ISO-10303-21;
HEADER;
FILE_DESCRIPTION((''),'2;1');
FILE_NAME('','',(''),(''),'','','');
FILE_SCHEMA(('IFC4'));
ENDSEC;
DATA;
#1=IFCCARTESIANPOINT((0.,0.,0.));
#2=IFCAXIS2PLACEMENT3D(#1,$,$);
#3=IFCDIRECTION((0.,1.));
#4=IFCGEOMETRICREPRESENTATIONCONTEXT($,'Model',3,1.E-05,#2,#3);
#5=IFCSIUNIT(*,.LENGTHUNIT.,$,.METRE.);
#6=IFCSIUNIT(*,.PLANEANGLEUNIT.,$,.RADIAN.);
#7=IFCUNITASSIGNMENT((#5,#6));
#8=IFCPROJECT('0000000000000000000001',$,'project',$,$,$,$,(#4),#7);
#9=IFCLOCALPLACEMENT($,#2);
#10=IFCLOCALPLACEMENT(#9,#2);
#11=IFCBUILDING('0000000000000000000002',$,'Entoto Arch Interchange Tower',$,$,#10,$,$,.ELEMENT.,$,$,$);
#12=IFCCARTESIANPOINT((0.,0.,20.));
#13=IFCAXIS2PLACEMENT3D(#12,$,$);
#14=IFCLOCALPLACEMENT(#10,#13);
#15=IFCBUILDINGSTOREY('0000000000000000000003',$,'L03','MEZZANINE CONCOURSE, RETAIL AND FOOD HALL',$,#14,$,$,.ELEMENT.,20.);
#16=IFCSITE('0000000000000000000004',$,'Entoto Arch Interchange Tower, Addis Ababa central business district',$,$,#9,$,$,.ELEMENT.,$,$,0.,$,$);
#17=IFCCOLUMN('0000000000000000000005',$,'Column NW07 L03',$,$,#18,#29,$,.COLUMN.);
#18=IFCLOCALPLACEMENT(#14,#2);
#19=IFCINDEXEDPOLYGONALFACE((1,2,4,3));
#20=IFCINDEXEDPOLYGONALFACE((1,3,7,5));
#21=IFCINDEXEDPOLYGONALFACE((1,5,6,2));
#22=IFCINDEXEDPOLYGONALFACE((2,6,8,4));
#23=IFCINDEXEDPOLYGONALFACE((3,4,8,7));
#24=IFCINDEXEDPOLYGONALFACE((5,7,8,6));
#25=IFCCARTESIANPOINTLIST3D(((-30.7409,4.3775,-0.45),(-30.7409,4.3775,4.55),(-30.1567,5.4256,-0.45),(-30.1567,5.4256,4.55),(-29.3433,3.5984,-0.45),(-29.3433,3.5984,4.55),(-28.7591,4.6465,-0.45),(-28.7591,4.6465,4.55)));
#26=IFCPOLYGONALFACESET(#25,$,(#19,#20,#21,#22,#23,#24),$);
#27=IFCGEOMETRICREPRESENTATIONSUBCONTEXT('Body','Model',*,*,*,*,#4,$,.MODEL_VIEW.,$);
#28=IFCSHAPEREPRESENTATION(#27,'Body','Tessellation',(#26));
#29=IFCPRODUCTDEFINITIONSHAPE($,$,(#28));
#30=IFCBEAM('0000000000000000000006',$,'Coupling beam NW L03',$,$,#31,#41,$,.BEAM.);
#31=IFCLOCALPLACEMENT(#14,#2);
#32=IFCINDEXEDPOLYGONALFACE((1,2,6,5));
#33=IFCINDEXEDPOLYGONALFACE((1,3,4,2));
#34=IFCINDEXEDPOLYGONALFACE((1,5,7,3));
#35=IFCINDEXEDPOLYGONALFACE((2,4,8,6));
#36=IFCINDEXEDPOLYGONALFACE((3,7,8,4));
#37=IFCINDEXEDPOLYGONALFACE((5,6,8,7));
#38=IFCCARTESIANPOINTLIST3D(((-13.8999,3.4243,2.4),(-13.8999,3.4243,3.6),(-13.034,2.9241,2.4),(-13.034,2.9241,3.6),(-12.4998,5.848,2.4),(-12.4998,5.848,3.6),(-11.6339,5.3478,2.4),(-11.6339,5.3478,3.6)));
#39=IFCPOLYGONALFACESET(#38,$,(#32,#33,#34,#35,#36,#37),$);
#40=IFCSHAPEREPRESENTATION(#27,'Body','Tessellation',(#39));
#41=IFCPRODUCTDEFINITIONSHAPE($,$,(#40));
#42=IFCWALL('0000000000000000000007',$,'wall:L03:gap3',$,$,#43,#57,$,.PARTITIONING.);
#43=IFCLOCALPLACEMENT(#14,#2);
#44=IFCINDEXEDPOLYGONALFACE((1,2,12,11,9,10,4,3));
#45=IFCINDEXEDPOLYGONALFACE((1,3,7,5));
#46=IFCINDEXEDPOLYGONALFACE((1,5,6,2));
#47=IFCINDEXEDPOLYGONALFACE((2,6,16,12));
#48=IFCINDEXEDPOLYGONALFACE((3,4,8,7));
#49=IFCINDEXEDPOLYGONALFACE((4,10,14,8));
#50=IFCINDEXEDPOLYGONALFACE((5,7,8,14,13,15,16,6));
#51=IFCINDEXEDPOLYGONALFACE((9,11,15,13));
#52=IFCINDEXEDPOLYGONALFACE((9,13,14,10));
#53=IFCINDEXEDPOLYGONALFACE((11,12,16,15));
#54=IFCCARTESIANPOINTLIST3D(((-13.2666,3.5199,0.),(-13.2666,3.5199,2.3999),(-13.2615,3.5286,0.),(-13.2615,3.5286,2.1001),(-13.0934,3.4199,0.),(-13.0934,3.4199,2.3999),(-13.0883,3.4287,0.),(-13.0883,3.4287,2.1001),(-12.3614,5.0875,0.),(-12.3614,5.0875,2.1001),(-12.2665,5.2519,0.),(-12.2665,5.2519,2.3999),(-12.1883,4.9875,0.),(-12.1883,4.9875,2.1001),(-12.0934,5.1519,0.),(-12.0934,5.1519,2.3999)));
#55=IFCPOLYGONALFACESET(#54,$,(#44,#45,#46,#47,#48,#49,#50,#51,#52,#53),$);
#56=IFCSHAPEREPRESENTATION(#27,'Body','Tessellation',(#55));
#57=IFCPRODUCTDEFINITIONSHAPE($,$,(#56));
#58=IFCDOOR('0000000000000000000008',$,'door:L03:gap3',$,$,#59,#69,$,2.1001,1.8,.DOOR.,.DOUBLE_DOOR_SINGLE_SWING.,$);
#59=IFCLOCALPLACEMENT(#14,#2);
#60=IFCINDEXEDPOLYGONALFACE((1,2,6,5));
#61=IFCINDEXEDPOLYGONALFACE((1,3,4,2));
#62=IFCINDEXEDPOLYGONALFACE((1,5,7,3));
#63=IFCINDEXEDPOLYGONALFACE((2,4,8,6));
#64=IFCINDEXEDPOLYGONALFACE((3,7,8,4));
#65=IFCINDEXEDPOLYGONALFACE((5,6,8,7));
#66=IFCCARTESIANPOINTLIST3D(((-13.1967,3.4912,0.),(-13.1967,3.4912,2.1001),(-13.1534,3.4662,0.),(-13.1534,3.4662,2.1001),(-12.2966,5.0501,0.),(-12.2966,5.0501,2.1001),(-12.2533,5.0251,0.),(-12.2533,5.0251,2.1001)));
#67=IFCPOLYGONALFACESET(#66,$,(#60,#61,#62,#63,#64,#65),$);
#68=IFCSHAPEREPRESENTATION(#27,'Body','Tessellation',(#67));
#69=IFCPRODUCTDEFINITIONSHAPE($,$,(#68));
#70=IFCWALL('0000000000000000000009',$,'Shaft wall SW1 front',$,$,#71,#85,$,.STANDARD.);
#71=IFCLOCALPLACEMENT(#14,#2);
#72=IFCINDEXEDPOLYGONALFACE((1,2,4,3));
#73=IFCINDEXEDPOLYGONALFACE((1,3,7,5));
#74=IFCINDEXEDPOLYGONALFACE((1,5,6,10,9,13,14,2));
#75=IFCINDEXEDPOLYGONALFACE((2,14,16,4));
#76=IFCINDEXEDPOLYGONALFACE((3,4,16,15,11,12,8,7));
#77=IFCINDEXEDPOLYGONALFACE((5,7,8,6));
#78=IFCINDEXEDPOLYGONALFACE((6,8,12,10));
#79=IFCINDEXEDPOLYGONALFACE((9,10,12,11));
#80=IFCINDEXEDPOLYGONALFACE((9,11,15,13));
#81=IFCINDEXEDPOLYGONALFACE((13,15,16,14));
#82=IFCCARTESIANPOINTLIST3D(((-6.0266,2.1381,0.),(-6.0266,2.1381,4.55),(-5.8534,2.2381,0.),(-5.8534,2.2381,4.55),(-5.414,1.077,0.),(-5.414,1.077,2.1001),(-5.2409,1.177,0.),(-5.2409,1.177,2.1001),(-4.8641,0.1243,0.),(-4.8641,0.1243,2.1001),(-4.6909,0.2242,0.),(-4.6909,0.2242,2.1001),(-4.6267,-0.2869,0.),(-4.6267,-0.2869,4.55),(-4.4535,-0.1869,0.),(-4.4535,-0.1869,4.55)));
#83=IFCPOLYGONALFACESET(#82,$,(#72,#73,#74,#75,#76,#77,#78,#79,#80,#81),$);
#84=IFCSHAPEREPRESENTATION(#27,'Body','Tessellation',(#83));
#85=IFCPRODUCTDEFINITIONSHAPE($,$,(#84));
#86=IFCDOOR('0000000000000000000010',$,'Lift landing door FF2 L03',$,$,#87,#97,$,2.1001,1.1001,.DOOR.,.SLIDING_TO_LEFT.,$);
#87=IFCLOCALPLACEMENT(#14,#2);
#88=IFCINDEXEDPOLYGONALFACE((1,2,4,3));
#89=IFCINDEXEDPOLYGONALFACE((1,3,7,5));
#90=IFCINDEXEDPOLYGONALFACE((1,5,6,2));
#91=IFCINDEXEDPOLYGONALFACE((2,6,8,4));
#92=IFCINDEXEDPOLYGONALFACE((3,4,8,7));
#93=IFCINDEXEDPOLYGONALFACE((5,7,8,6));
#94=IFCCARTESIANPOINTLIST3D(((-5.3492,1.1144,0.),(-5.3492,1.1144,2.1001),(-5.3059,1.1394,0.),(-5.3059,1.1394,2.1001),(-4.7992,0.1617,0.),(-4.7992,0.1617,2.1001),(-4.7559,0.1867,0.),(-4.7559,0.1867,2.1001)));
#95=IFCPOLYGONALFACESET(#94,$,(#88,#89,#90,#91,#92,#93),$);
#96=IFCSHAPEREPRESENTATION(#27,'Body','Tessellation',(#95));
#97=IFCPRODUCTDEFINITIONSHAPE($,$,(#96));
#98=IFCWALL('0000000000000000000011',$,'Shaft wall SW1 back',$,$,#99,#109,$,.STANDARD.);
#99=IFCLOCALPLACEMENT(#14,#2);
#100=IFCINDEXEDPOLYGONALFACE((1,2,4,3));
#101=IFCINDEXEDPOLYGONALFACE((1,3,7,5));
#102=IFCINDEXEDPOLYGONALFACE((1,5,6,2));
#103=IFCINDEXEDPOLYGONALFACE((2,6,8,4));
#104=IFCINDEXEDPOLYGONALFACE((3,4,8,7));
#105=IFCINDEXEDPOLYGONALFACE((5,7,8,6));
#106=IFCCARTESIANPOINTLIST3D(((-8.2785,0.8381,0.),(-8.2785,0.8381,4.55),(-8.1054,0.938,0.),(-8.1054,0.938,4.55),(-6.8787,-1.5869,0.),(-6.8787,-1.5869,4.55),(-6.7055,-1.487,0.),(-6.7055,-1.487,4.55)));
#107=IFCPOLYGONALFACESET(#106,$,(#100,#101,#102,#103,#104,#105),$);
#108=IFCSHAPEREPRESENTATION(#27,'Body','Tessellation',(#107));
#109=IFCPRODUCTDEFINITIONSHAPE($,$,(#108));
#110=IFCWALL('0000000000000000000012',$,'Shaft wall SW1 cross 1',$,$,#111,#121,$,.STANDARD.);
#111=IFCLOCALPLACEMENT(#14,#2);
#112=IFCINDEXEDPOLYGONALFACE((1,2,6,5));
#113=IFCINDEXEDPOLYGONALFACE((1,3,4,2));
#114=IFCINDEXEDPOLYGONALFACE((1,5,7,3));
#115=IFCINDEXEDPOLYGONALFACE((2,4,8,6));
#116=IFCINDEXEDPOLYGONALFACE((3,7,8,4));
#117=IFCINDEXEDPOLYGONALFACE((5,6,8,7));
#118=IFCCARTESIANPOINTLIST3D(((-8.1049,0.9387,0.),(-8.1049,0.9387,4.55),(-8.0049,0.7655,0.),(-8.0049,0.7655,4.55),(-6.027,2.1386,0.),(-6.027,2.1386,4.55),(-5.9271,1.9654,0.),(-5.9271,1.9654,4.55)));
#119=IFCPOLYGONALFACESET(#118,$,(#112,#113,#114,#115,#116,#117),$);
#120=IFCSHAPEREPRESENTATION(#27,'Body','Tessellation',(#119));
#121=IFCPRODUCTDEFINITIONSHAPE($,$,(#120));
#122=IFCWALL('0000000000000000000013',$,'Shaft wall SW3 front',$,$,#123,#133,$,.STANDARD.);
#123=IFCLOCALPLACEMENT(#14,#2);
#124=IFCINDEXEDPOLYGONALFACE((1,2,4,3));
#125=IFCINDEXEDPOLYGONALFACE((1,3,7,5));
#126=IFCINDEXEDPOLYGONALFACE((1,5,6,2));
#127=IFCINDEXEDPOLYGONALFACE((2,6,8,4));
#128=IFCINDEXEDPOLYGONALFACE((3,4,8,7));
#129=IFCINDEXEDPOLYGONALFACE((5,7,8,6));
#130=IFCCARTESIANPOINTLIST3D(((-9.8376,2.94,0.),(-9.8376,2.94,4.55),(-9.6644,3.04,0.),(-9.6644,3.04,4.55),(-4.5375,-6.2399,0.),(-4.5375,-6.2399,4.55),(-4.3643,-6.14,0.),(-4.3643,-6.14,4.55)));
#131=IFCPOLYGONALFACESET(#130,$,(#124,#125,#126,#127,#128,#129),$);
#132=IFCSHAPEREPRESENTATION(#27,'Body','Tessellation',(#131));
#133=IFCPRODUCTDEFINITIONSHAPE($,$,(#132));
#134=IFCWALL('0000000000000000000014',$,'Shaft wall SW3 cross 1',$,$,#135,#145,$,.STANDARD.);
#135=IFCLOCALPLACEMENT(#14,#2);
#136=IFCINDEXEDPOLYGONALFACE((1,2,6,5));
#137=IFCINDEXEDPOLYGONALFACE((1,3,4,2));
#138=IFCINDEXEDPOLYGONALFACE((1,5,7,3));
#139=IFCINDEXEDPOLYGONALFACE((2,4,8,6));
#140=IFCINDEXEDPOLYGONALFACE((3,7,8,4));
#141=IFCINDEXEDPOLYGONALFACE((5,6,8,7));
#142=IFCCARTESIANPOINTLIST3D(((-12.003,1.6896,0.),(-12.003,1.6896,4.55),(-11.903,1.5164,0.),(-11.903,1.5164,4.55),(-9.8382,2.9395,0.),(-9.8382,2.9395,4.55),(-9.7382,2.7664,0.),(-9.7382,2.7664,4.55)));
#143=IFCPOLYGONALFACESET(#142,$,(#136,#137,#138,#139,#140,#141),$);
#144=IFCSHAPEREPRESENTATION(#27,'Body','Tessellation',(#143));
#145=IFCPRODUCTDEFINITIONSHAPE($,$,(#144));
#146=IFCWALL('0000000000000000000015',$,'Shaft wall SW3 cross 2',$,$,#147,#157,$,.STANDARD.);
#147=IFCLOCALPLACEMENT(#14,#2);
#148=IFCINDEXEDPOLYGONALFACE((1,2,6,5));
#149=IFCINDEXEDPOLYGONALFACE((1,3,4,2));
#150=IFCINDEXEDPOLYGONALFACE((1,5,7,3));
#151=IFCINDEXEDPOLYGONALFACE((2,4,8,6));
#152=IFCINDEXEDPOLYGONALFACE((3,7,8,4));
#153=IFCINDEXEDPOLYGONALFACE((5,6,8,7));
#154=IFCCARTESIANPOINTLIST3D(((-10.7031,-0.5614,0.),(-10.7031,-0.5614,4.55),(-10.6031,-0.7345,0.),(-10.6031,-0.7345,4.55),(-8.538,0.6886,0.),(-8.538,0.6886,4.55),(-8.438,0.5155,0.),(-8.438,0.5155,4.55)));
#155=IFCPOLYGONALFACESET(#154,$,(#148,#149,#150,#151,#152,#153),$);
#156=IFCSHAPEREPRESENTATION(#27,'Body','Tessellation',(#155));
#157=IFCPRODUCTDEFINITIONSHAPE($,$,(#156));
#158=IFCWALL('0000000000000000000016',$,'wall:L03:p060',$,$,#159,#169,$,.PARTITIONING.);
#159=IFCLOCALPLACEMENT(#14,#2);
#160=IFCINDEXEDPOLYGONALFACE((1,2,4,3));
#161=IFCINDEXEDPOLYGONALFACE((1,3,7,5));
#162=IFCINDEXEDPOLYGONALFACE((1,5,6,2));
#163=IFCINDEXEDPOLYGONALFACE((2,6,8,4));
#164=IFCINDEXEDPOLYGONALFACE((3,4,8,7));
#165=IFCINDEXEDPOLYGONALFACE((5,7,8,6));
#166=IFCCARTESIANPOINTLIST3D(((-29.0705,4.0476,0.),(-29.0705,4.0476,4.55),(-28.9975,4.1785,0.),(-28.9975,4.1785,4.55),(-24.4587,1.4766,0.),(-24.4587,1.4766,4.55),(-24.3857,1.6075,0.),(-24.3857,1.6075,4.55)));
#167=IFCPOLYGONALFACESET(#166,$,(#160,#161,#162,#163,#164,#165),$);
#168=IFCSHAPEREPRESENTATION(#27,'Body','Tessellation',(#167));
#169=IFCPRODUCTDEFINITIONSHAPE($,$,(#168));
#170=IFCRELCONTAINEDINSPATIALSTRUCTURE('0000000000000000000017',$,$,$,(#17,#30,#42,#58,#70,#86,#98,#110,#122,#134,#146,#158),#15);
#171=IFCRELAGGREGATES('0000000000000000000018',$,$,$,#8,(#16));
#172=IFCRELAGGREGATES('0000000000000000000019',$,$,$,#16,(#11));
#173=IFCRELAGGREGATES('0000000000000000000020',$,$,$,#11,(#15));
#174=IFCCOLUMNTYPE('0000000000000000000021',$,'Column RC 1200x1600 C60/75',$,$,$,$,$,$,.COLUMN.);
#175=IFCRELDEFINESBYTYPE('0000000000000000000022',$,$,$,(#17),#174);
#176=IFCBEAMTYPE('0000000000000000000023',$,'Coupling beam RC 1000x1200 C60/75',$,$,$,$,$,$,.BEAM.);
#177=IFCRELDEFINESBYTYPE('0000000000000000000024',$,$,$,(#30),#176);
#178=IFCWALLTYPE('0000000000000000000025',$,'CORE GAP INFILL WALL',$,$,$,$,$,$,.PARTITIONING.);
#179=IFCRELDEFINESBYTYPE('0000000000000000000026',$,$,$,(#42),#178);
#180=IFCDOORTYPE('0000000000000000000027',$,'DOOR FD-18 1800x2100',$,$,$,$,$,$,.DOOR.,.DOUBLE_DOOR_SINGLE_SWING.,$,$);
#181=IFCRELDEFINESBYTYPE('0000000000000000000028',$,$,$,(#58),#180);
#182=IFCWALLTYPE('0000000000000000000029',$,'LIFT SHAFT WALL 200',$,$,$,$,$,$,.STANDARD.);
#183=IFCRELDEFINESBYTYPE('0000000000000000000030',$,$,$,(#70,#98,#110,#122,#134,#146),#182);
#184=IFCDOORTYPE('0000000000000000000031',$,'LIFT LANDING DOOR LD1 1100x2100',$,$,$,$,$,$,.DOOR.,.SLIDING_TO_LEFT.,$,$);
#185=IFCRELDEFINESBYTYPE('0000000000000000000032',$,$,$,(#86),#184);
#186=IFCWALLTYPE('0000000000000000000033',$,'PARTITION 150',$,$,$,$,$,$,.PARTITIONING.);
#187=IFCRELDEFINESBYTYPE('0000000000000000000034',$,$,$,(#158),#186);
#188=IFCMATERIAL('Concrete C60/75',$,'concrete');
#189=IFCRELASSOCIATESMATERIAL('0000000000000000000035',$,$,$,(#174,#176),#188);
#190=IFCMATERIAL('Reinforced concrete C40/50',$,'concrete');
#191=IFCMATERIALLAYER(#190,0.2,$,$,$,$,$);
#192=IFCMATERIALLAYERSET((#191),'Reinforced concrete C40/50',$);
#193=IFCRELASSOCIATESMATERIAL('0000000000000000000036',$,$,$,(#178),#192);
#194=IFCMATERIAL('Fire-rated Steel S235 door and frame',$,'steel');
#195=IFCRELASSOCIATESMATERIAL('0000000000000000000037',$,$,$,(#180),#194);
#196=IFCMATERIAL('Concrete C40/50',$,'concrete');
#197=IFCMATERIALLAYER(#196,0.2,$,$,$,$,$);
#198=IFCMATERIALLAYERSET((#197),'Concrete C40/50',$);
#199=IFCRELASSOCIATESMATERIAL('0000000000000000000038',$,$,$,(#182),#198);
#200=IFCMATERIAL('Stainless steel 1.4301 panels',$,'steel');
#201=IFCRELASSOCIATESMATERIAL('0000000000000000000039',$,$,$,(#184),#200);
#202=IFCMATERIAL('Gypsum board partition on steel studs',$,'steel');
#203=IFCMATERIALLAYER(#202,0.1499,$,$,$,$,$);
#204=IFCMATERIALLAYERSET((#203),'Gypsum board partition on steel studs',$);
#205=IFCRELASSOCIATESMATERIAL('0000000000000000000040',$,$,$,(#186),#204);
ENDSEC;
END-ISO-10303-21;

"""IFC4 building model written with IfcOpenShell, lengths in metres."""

from ifc_helpers import new_model, si_unit, direction, frame, frame_2d, origin, origin_2d, place, context, subcontext, project, spatial, rectangle, extrude, material, layer, layer_set, material_profile, profile_set, type_object, element, fill, save


model = new_model("IFC4")

# Units and contexts
model_context = context("Model", 3, precision=1e-05, world=origin(), true_north=direction((0.0, 1.0)))
body_context = subcontext(model_context, "Body", "Model", "MODEL_VIEW")
ifc_project = project(units=[si_unit("LENGTHUNIT", "METRE"), si_unit("PLANEANGLEUNIT", "RADIAN")], contexts=[model_context])

# Site, building, storey
site_placement = place(None, origin())
site = spatial("IfcSite", under=ifc_project, at=site_placement, Name="Entoto Arch Interchange Tower, Addis Ababa central business district", CompositionType="ELEMENT", RefElevation=0.0)
building_placement = place(site_placement, origin())
building = spatial("IfcBuilding", under=site, at=building_placement, Name="Entoto Arch Interchange Tower", CompositionType="ELEMENT")
storey_placement = place(building_placement, frame((0.0, 0.0, 20.0)))
storey = spatial("IfcBuildingStorey", under=building, at=storey_placement, Name="L03", Description="MEZZANINE CONCOURSE, RETAIL AND FOOD HALL", CompositionType="ELEMENT", Elevation=20.0)

# Column
ifc_material_1 = material(Name="Concrete C60/75", Category="concrete")
ifc_material_profile_1 = material_profile(ifc_material_1, rectangle(XDim=1.2, YDim=1.6001, at=origin_2d()))
ifc_profile_set_1 = profile_set([ifc_material_profile_1], Name="Concrete C60/75")
column_type = type_object("IfcColumnType", Name="Column RC 1200x1600 C60/75", PredefinedType="COLUMN", material=ifc_profile_set_1)
column_placement = place(storey_placement, frame((-29.75, 4.512, -0.45), z_axis=(0.0, 0.0, 1.0), x_axis=(0.486915, 0.873449, 0.0)))
element("IfcColumn", 1, at=column_placement, inside=storey, type_object=column_type, Name="Column NW07 L03", PredefinedType="COLUMN", context=body_context, shape_type="SweptSolid", body=[
    extrude(rectangle(XDim=1.2, YDim=1.6001, at=origin_2d()), origin(), (0.0, 0.0, 1.0), 5.0),
])

# Beam
ifc_material_profile_2 = material_profile(ifc_material_1, rectangle(XDim=1.0, YDim=1.2, at=origin_2d()))
ifc_profile_set_2 = profile_set([ifc_material_profile_2], Name="Concrete C60/75")
beam_type = type_object("IfcBeamType", Name="Coupling beam RC 1000x1200 C60/75", PredefinedType="BEAM", material=ifc_profile_set_2)
beam_placement = place(storey_placement, frame((-12.0669, 5.5979, 3.0), z_axis=(-0.500201, -0.86591, 0.0), x_axis=(0.86591, -0.500201, 0.0)))
element("IfcBeam", 2, at=beam_placement, inside=storey, type_object=beam_type, Name="Coupling beam NW L03", PredefinedType="BEAM", context=body_context, shape_type="SweptSolid", body=[
    extrude(rectangle(XDim=1.0, YDim=1.2, at=origin_2d()), origin(), (0.0, 0.0, 1.0), 2.7991),
])

# Walls, openings, doors
ifc_material_2 = material(Name="Reinforced concrete C40/50", Category="concrete")
ifc_layer_1 = layer(ifc_material_2, 0.2)
ifc_layer_set_1 = layer_set([ifc_layer_1], Name="Reinforced concrete C40/50")
wall_type_1 = type_object("IfcWallType", Name="CORE GAP INFILL WALL", PredefinedType="PARTITIONING", material=ifc_layer_set_1)
wall_1_placement = place(storey_placement, frame((-12.1799, 5.2019, 0.0), z_axis=(0.0, 0.0, 1.0), x_axis=(-0.500025, -0.866011, 0.0)))
wall_1 = element("IfcWall", 3, at=wall_1_placement, inside=storey, type_object=wall_type_1, Name="wall:L03:gap3", PredefinedType="PARTITIONING", context=body_context, shape_type="SweptSolid", body=[
    extrude(rectangle(XDim=2.0, YDim=0.2, at=frame_2d((1.0, 0.0))), origin(), (0.0, 0.0, 1.0), 2.3999),
])
opening_1_placement = place(wall_1_placement, frame((0.1899, 0.0, 0.0)))
opening_1 = element("IfcOpeningElement", 4, at=opening_1_placement, cuts=wall_1, PredefinedType="OPENING", context=body_context, shape_type="SweptSolid", body=[
    extrude(rectangle(XDim=1.8, YDim=2.1001, at=frame_2d((0.8999, 1.05))), frame((0.0, 0.1099, 0.0), z_axis=(0.0, -1.0, 0.0), x_axis=(1.0, 0.0, 0.0)), (0.0, 0.0, 1.0), 0.22),
])
ifc_material_3 = material(Name="Fire-rated Steel S235 door and frame", Category="steel")
door_type_1 = type_object("IfcDoorType", Name="DOOR FD-18 1800x2100", OperationType="DOUBLE_DOOR_SINGLE_SWING", PredefinedType="DOOR", material=ifc_material_3)
door_1_placement = place(opening_1_placement, origin())
door_1 = element("IfcDoor", 5, at=door_1_placement, inside=storey, type_object=door_type_1, Name="door:L03:gap3", OperationType="DOUBLE_DOOR_SINGLE_SWING", OverallHeight=2.1001, OverallWidth=1.8, PredefinedType="DOOR", context=body_context, shape_type="SweptSolid", body=[
    extrude(rectangle(XDim=1.8, YDim=2.1001, at=frame_2d((0.8999, 1.05))), frame((0.0, 0.0249, 0.0), z_axis=(0.0, -1.0, 0.0), x_axis=(1.0, 0.0, 0.0)), (0.0, 0.0, 1.0), 0.05),
])
fill(opening_1, door_1)
ifc_material_4 = material(Name="Concrete C40/50", Category="concrete")
ifc_layer_2 = layer(ifc_material_4, 0.2)
ifc_layer_set_2 = layer_set([ifc_layer_2], Name="Concrete C40/50")
wall_type_2 = type_object("IfcWallType", Name="LIFT SHAFT WALL 200", PredefinedType="STANDARD", material=ifc_layer_set_2)
wall_2_placement = place(storey_placement, frame((-5.9399, 2.188, 0.0), z_axis=(0.0, 0.0, 1.0), x_axis=(0.499946, -0.866056, 0.0)))
wall_2 = element("IfcWall", 6, at=wall_2_placement, inside=storey, type_object=wall_type_2, Name="Shaft wall SW1 front", PredefinedType="STANDARD", context=body_context, shape_type="SweptSolid", body=[
    extrude(rectangle(XDim=2.8, YDim=0.2, at=frame_2d((1.3999, 0.0))), origin(), (0.0, 0.0, 1.0), 4.55),
])
opening_2_placement = place(wall_2_placement, frame((1.2251, 0.0, 0.0)))
opening_2 = element("IfcOpeningElement", 7, at=opening_2_placement, cuts=wall_2, PredefinedType="OPENING", context=body_context, shape_type="SweptSolid", body=[
    extrude(rectangle(XDim=1.1001, YDim=2.1001, at=frame_2d((0.55, 1.05))), frame((0.0, 0.1099, 0.0), z_axis=(0.0, -1.0, 0.0), x_axis=(1.0, 0.0, 0.0)), (0.0, 0.0, 1.0), 0.22),
])
ifc_material_5 = material(Name="Stainless steel 1.4301 panels", Category="steel")
door_type_2 = type_object("IfcDoorType", Name="LIFT LANDING DOOR LD1 1100x2100", OperationType="SLIDING_TO_LEFT", PredefinedType="DOOR", material=ifc_material_5)
door_2_placement = place(opening_2_placement, origin())
door_2 = element("IfcDoor", 8, at=door_2_placement, inside=storey, type_object=door_type_2, Name="Lift landing door FF2 L03", OperationType="SLIDING_TO_LEFT", OverallHeight=2.1001, OverallWidth=1.1001, PredefinedType="DOOR", context=body_context, shape_type="SweptSolid", body=[
    extrude(rectangle(XDim=1.1001, YDim=2.1001, at=frame_2d((0.55, 1.05))), frame((0.0, 0.0249, 0.0), z_axis=(0.0, -1.0, 0.0), x_axis=(1.0, 0.0, 0.0)), (0.0, 0.0, 1.0), 0.05),
])
fill(opening_2, door_2)

# Walls
wall_3_placement = place(storey_placement, frame((-8.1919, 0.8879, 0.0), z_axis=(0.0, 0.0, 1.0), x_axis=(0.499946, -0.866056, 0.0)))
element("IfcWall", 9, at=wall_3_placement, inside=storey, type_object=wall_type_2, Name="Shaft wall SW1 back", PredefinedType="STANDARD", context=body_context, shape_type="SweptSolid", body=[
    extrude(rectangle(XDim=2.8, YDim=0.2, at=frame_2d((1.3999, 0.0))), origin(), (0.0, 0.0, 1.0), 4.55),
])
wall_4_placement = place(storey_placement, frame((-5.9771, 2.052, 0.0), z_axis=(0.0, 0.0, 1.0), x_axis=(-0.865974, -0.500089, 0.0)))
element("IfcWall", 10, at=wall_4_placement, inside=storey, type_object=wall_type_2, Name="Shaft wall SW1 cross 1", PredefinedType="STANDARD", context=body_context, shape_type="SweptSolid", body=[
    extrude(rectangle(XDim=2.3994, YDim=0.2, at=frame_2d((1.1997, 0.0))), origin(), (0.0, 0.0, 1.0), 4.55),
])
wall_5_placement = place(storey_placement, frame((-9.751, 2.99, 0.0), z_axis=(0.0, 0.0, 1.0), x_axis=(0.500001, -0.866025, 0.0)))
element("IfcWall", 11, at=wall_5_placement, inside=storey, type_object=wall_type_2, Name="Shaft wall SW3 front", PredefinedType="STANDARD", context=body_context, shape_type="SweptSolid", body=[
    extrude(rectangle(XDim=10.6001, YDim=0.2, at=frame_2d((5.3, 0.0))), origin(), (0.0, 0.0, 1.0), 4.55),
])
wall_6_placement = place(storey_placement, frame((-9.7881, 2.853, 0.0), z_axis=(0.0, 0.0, 1.0), x_axis=(-0.865999, -0.500047, 0.0)))
element("IfcWall", 12, at=wall_6_placement, inside=storey, type_object=wall_type_2, Name="Shaft wall SW3 cross 1", PredefinedType="STANDARD", context=body_context, shape_type="SweptSolid", body=[
    extrude(rectangle(XDim=2.4998, YDim=0.2, at=frame_2d((1.25, 0.0))), origin(), (0.0, 0.0, 1.0), 4.55),
])
wall_7_placement = place(storey_placement, frame((-8.488, 0.6021, 0.0), z_axis=(0.0, 0.0, 1.0), x_axis=(-0.866023, -0.500004, 0.0)))
element("IfcWall", 13, at=wall_7_placement, inside=storey, type_object=wall_type_2, Name="Shaft wall SW3 cross 2", PredefinedType="STANDARD", context=body_context, shape_type="SweptSolid", body=[
    extrude(rectangle(XDim=2.5, YDim=0.2, at=frame_2d((1.25, 0.0))), origin(), (0.0, 0.0, 1.0), 4.55),
])
ifc_material_6 = material(Name="Gypsum board partition on steel studs", Category="steel")
ifc_layer_3 = layer(ifc_material_6, 0.1499)
ifc_layer_set_3 = layer_set([ifc_layer_3], Name="Gypsum board partition on steel studs")
wall_type_3 = type_object("IfcWallType", Name="PARTITION 150", PredefinedType="PARTITIONING", material=ifc_layer_set_3)
wall_8_placement = place(storey_placement, frame((-24.4221, 1.542, 0.0), z_axis=(0.0, 0.0, 1.0), x_axis=(-0.873439, 0.486934, 0.0)))
element("IfcWall", 14, at=wall_8_placement, inside=storey, type_object=wall_type_3, Name="wall:L03:p060", PredefinedType="PARTITIONING", context=body_context, shape_type="SweptSolid", body=[
    extrude(rectangle(XDim=5.28, YDim=0.1499, at=frame_2d((2.6401, 0.0))), origin(), (0.0, 0.0, 1.0), 4.55),
])

save(model, "model.ifc")
